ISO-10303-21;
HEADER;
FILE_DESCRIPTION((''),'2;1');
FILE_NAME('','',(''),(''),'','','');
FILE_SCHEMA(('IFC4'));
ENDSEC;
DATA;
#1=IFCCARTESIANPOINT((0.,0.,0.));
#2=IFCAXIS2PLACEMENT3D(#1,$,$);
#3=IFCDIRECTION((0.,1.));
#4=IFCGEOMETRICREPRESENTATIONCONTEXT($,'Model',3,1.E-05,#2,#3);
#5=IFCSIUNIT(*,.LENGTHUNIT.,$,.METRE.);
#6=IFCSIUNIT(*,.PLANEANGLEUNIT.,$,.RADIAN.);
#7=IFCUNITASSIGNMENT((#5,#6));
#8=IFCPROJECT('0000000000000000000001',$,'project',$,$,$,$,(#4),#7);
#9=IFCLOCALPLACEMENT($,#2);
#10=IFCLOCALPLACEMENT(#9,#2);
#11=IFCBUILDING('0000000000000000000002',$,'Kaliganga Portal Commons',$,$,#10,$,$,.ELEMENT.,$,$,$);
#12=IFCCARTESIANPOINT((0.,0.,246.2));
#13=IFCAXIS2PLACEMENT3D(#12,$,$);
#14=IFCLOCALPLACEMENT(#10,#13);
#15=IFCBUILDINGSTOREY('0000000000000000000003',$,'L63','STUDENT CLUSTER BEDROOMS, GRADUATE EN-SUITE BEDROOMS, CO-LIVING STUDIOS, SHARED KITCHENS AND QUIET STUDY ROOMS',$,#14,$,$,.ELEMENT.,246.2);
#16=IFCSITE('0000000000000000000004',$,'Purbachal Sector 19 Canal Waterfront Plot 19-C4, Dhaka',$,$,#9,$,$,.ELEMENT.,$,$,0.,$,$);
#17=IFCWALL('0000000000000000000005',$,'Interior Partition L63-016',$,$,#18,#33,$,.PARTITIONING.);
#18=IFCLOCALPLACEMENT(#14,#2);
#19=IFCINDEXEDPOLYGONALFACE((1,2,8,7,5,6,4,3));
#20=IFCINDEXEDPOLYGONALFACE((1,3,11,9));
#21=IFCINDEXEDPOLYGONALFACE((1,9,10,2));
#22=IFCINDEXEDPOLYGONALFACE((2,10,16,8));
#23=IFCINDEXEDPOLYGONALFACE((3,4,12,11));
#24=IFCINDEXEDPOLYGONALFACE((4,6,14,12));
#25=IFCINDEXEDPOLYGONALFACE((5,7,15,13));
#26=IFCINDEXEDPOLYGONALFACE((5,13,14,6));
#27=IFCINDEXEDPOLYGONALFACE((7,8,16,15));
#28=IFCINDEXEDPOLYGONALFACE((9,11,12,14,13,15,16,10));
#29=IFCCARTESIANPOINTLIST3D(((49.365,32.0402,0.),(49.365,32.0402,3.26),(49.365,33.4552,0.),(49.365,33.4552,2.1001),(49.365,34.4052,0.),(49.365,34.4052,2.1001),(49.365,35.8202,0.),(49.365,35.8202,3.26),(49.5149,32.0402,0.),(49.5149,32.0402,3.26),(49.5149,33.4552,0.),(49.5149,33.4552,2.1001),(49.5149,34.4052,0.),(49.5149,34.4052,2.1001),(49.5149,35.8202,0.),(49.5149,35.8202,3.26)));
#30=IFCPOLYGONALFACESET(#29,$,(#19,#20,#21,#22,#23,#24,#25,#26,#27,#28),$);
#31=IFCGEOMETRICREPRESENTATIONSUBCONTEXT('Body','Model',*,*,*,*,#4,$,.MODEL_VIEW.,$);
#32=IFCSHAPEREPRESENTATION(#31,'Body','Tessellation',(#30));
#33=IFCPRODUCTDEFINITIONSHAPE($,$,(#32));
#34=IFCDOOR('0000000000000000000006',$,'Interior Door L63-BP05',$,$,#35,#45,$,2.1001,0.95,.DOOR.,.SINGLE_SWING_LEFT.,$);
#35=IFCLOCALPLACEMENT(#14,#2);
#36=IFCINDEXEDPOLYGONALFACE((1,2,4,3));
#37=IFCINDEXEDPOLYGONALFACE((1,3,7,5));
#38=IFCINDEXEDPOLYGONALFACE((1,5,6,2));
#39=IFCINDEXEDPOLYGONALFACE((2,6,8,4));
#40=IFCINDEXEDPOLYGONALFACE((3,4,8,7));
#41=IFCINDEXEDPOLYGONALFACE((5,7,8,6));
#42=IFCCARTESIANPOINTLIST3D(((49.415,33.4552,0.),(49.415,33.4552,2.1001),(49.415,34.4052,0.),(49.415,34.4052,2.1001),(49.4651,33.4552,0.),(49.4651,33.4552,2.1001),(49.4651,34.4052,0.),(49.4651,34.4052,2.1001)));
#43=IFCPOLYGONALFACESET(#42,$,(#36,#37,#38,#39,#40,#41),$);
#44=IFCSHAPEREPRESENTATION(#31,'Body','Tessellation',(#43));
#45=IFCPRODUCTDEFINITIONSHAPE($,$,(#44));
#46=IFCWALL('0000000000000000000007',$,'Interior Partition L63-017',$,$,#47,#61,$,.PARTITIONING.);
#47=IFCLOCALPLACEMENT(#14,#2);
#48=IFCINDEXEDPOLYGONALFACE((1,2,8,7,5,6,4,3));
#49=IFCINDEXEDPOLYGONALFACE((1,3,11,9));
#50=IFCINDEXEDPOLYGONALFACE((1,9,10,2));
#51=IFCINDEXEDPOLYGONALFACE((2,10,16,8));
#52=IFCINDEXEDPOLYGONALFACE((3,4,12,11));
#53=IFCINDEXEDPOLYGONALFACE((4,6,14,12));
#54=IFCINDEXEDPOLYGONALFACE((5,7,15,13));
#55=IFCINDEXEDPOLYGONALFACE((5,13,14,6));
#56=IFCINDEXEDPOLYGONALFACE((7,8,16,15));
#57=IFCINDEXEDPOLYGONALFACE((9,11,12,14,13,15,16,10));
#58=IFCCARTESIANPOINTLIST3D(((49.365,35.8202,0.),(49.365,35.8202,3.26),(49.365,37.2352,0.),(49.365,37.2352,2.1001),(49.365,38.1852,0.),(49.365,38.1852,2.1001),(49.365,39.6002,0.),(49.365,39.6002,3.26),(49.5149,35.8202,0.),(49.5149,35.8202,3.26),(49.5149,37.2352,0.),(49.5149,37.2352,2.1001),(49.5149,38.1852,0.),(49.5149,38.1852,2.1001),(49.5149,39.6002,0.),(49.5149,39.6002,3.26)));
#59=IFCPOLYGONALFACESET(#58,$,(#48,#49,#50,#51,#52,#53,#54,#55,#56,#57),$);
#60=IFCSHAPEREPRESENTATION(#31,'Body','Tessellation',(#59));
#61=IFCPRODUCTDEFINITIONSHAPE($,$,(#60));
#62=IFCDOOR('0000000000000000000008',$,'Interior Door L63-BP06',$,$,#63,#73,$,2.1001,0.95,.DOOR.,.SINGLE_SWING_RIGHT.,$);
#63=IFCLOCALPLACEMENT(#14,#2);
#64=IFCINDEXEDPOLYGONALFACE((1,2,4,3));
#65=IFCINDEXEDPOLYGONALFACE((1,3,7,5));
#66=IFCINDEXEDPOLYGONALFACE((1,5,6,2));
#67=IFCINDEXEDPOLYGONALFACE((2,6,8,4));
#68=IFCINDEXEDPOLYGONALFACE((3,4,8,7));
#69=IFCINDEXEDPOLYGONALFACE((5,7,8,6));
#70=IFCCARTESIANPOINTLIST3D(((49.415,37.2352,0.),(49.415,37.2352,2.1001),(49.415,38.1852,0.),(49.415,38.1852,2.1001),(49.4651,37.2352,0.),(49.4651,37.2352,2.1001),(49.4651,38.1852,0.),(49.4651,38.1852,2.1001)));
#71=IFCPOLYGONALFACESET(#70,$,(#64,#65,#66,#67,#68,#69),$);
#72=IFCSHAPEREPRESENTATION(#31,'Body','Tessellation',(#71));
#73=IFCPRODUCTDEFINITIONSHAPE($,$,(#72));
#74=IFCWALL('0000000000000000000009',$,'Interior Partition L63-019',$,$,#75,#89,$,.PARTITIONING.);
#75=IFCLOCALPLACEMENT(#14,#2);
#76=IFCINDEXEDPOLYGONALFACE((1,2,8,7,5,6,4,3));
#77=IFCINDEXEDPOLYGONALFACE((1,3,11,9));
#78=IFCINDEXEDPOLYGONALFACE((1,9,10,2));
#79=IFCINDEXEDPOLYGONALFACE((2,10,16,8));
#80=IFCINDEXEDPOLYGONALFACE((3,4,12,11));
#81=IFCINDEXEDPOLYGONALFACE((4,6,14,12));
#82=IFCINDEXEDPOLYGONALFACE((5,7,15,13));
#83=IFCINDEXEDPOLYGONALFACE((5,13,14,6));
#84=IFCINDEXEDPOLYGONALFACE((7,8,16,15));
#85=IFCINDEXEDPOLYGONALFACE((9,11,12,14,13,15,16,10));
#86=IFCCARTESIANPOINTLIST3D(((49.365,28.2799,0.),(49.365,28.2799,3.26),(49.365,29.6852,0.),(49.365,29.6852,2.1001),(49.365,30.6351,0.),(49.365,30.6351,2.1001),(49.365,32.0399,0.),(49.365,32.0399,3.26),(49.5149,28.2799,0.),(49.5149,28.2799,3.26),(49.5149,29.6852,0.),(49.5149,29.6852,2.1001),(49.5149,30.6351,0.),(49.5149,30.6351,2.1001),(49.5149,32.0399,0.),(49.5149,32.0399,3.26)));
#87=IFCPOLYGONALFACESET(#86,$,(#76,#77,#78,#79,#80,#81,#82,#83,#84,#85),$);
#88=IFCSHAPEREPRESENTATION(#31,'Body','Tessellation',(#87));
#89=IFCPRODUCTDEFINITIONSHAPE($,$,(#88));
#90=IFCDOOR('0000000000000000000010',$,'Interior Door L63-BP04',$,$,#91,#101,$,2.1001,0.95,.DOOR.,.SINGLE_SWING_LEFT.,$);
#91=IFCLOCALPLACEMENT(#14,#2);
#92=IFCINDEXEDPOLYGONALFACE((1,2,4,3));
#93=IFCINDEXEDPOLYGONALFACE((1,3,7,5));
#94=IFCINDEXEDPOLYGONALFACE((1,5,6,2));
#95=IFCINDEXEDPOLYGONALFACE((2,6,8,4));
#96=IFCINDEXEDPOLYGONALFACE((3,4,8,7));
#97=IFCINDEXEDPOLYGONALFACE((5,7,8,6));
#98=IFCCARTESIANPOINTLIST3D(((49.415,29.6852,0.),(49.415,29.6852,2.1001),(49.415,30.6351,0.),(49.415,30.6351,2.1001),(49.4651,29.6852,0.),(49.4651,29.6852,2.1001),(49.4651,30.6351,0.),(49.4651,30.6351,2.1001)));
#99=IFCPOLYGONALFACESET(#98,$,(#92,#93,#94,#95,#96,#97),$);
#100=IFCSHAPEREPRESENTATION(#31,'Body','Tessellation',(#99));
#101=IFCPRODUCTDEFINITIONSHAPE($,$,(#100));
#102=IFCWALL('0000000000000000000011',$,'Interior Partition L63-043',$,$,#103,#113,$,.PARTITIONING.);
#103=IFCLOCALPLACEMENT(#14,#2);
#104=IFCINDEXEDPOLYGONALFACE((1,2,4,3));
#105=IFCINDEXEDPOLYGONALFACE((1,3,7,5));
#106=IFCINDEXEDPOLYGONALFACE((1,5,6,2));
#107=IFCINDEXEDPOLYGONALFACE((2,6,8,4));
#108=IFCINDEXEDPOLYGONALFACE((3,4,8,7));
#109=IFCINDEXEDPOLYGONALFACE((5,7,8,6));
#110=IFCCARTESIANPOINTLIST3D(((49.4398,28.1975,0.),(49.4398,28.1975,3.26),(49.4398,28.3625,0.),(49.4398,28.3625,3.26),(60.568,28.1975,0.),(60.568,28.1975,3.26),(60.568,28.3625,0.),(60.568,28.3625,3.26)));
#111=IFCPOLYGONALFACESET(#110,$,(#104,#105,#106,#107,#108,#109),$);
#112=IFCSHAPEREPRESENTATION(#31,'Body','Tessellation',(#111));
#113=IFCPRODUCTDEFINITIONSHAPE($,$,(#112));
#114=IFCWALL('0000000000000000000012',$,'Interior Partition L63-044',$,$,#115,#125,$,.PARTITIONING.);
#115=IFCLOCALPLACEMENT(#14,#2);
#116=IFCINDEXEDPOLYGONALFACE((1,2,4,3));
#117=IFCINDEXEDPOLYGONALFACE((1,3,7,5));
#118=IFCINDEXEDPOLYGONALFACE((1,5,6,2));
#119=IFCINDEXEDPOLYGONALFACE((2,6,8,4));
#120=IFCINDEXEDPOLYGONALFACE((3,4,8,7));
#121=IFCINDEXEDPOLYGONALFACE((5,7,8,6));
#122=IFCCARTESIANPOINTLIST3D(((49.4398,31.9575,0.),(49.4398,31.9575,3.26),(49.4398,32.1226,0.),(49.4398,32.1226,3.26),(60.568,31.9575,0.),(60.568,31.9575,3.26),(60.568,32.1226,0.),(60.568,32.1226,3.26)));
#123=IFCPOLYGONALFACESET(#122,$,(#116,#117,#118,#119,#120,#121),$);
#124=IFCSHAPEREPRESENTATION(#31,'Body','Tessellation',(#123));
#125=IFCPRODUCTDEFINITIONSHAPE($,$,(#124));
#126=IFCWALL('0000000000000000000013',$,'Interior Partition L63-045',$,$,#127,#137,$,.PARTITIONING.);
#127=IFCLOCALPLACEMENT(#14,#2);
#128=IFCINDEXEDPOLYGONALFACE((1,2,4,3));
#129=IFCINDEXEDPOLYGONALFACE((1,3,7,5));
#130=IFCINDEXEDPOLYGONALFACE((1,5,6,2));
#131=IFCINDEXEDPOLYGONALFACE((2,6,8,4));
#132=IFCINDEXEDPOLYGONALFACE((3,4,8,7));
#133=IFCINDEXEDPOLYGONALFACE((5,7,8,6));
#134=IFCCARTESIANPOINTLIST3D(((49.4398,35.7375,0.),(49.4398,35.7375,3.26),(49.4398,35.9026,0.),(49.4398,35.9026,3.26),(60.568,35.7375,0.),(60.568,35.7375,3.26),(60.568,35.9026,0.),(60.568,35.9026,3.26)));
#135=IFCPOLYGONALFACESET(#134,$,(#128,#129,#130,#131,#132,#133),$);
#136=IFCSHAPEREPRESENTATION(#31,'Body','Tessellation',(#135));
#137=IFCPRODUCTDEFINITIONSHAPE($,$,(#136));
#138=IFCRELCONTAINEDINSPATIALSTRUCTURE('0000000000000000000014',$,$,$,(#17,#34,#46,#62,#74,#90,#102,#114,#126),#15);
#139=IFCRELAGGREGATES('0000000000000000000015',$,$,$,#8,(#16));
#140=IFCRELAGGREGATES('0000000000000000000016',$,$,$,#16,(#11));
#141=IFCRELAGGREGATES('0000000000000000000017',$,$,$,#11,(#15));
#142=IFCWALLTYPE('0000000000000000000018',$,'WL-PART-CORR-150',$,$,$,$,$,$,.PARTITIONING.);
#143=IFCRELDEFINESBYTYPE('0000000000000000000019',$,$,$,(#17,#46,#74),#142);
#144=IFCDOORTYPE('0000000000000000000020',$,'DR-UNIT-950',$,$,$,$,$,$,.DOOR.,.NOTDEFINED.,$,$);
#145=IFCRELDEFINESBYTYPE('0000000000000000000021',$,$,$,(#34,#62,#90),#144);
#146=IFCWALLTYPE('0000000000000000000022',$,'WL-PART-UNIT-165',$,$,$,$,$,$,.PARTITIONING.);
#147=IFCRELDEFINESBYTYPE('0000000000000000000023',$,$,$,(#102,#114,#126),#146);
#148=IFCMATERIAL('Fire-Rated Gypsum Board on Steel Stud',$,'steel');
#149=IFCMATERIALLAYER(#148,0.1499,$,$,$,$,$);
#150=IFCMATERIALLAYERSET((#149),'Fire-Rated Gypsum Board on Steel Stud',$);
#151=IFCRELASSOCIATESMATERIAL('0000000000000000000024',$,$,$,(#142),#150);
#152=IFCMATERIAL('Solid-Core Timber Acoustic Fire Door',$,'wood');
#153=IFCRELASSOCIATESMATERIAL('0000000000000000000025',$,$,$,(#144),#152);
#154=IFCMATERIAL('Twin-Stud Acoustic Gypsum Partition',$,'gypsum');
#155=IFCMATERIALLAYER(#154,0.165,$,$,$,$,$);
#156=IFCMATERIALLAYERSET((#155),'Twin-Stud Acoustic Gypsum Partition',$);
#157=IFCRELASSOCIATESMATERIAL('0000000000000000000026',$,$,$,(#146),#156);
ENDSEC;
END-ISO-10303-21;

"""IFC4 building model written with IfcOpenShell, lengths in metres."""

from ifc_helpers import new_model, si_unit, direction, frame, frame_2d, origin, place, context, subcontext, project, spatial, rectangle, extrude, material, layer, layer_set, type_object, element, fill, save


model = new_model("IFC4")

# Units and contexts
model_context = context("Model", 3, precision=1e-05, world=origin(), true_north=direction((0.0, 1.0)))
body_context = subcontext(model_context, "Body", "Model", "MODEL_VIEW")
ifc_project = project(units=[si_unit("LENGTHUNIT", "METRE"), si_unit("PLANEANGLEUNIT", "RADIAN")], contexts=[model_context])

# Site, building, storey
site_placement = place(None, origin())
site = spatial("IfcSite", under=ifc_project, at=site_placement, Name="Purbachal Sector 19 Canal Waterfront Plot 19-C4, Dhaka", CompositionType="ELEMENT", RefElevation=0.0)
building_placement = place(site_placement, origin())
building = spatial("IfcBuilding", under=site, at=building_placement, Name="Kaliganga Portal Commons", CompositionType="ELEMENT")
storey_placement = place(building_placement, frame((0.0, 0.0, 246.2)))
storey = spatial("IfcBuildingStorey", under=building, at=storey_placement, Name="L63", Description="STUDENT CLUSTER BEDROOMS, GRADUATE EN-SUITE BEDROOMS, CO-LIVING STUDIOS, SHARED KITCHENS AND QUIET STUDY ROOMS", CompositionType="ELEMENT", Elevation=246.2)

# Walls, openings, doors
ifc_material_1 = material(Name="Fire-Rated Gypsum Board on Steel Stud", Category="steel")
ifc_layer_1 = layer(ifc_material_1, 0.1499)
ifc_layer_set_1 = layer_set([ifc_layer_1], Name="Fire-Rated Gypsum Board on Steel Stud")
wall_type_1 = type_object("IfcWallType", Name="WL-PART-CORR-150", PredefinedType="PARTITIONING", material=ifc_layer_set_1)
wall_1_placement = place(storey_placement, frame((49.4399, 32.04, 0.0), z_axis=(0.0, 0.0, 1.0), x_axis=(0.0, 1.0, 0.0)))
wall_1 = element("IfcWall", 1, at=wall_1_placement, inside=storey, type_object=wall_type_1, Name="Interior Partition L63-016", PredefinedType="PARTITIONING", context=body_context, shape_type="SweptSolid", body=[
    extrude(rectangle(XDim=3.78, YDim=0.1499, at=frame_2d((1.8901, 0.0))), origin(), (0.0, 0.0, 1.0), 3.26),
])
opening_1_placement = place(wall_1_placement, frame((1.415, 0.0, 0.0)))
opening_1 = element("IfcOpeningElement", 2, at=opening_1_placement, cuts=wall_1, PredefinedType="OPENING", context=body_context, shape_type="SweptSolid", body=[
    extrude(rectangle(XDim=0.95, YDim=2.1001, at=frame_2d((0.4751, 1.05))), frame((0.0, 0.085, 0.0), z_axis=(0.0, -1.0, 0.0), x_axis=(1.0, 0.0, 0.0)), (0.0, 0.0, 1.0), 0.1699),
])
ifc_material_2 = material(Name="Solid-Core Timber Acoustic Fire Door", Category="wood")
door_type = type_object("IfcDoorType", Name="DR-UNIT-950", OperationType="NOTDEFINED", PredefinedType="DOOR", material=ifc_material_2)
door_1_placement = place(opening_1_placement, origin())
door_1 = element("IfcDoor", 3, at=door_1_placement, inside=storey, type_object=door_type, Name="Interior Door L63-BP05", OperationType="SINGLE_SWING_LEFT", OverallHeight=2.1001, OverallWidth=0.95, PredefinedType="DOOR", context=body_context, shape_type="SweptSolid", body=[
    extrude(rectangle(XDim=0.95, YDim=2.1001, at=frame_2d((0.4751, 1.05))), frame((0.0, 0.0249, 0.0), z_axis=(0.0, -1.0, 0.0), x_axis=(1.0, 0.0, 0.0)), (0.0, 0.0, 1.0), 0.05),
])
fill(opening_1, door_1)
wall_2_placement = place(storey_placement, frame((49.4399, 35.8201, 0.0), z_axis=(0.0, 0.0, 1.0), x_axis=(0.0, 1.0, 0.0)))
wall_2 = element("IfcWall", 4, at=wall_2_placement, inside=storey, type_object=wall_type_1, Name="Interior Partition L63-017", PredefinedType="PARTITIONING", context=body_context, shape_type="SweptSolid", body=[
    extrude(rectangle(XDim=3.78, YDim=0.1499, at=frame_2d((1.8901, 0.0))), origin(), (0.0, 0.0, 1.0), 3.26),
])
opening_2_placement = place(wall_2_placement, frame((1.415, 0.0, 0.0)))
opening_2 = element("IfcOpeningElement", 5, at=opening_2_placement, cuts=wall_2, PredefinedType="OPENING", context=body_context, shape_type="SweptSolid", body=[
    extrude(rectangle(XDim=0.95, YDim=2.1001, at=frame_2d((0.4751, 1.05))), frame((0.0, 0.085, 0.0), z_axis=(0.0, -1.0, 0.0), x_axis=(1.0, 0.0, 0.0)), (0.0, 0.0, 1.0), 0.1699),
])
door_2_placement = place(opening_2_placement, origin())
door_2 = element("IfcDoor", 6, at=door_2_placement, inside=storey, type_object=door_type, Name="Interior Door L63-BP06", OperationType="SINGLE_SWING_RIGHT", OverallHeight=2.1001, OverallWidth=0.95, PredefinedType="DOOR", context=body_context, shape_type="SweptSolid", body=[
    extrude(rectangle(XDim=0.95, YDim=2.1001, at=frame_2d((0.4751, 1.05))), frame((0.0, 0.0249, 0.0), z_axis=(0.0, -1.0, 0.0), x_axis=(1.0, 0.0, 0.0)), (0.0, 0.0, 1.0), 0.05),
])
fill(opening_2, door_2)
wall_3_placement = place(storey_placement, frame((49.4399, 28.28, 0.0), z_axis=(0.0, 0.0, 1.0), x_axis=(0.0, 1.0, 0.0)))
wall_3 = element("IfcWall", 7, at=wall_3_placement, inside=storey, type_object=wall_type_1, Name="Interior Partition L63-019", PredefinedType="PARTITIONING", context=body_context, shape_type="SweptSolid", body=[
    extrude(rectangle(XDim=3.76, YDim=0.1499, at=frame_2d((1.8799, 0.0))), origin(), (0.0, 0.0, 1.0), 3.26),
])
opening_3_placement = place(wall_3_placement, frame((1.405, 0.0, 0.0)))
opening_3 = element("IfcOpeningElement", 8, at=opening_3_placement, cuts=wall_3, PredefinedType="OPENING", context=body_context, shape_type="SweptSolid", body=[
    extrude(rectangle(XDim=0.95, YDim=2.1001, at=frame_2d((0.4751, 1.05))), frame((0.0, 0.085, 0.0), z_axis=(0.0, -1.0, 0.0), x_axis=(1.0, 0.0, 0.0)), (0.0, 0.0, 1.0), 0.1699),
])
door_3_placement = place(opening_3_placement, origin())
door_3 = element("IfcDoor", 9, at=door_3_placement, inside=storey, type_object=door_type, Name="Interior Door L63-BP04", OperationType="SINGLE_SWING_LEFT", OverallHeight=2.1001, OverallWidth=0.95, PredefinedType="DOOR", context=body_context, shape_type="SweptSolid", body=[
    extrude(rectangle(XDim=0.95, YDim=2.1001, at=frame_2d((0.4751, 1.05))), frame((0.0, 0.0249, 0.0), z_axis=(0.0, -1.0, 0.0), x_axis=(1.0, 0.0, 0.0)), (0.0, 0.0, 1.0), 0.05),
])
fill(opening_3, door_3)

# Walls
ifc_material_3 = material(Name="Twin-Stud Acoustic Gypsum Partition", Category="gypsum")
ifc_layer_2 = layer(ifc_material_3, 0.165)
ifc_layer_set_2 = layer_set([ifc_layer_2], Name="Twin-Stud Acoustic Gypsum Partition")
wall_type_2 = type_object("IfcWallType", Name="WL-PART-UNIT-165", PredefinedType="PARTITIONING", material=ifc_layer_set_2)
for number, where, z_axis, x_axis, name in (
    (10, (49.4399, 28.28, 0.0), (0.0, 0.0, 1.0), (1.0, 0.0, 0.0), "Interior Partition L63-043"),
    (11, (49.4399, 32.04, 0.0), (0.0, 0.0, 1.0), (1.0, 0.0, 0.0), "Interior Partition L63-044"),
    (12, (49.4399, 35.8201, 0.0), (0.0, 0.0, 1.0), (1.0, 0.0, 0.0), "Interior Partition L63-045"),
):
    element("IfcWall", number, at=place(storey_placement, frame(where, z_axis=z_axis, x_axis=x_axis)), inside=storey, type_object=wall_type_2, Name=name, PredefinedType="PARTITIONING", context=body_context, shape_type="SweptSolid", body=[
        extrude(rectangle(XDim=11.1282, YDim=0.165, at=frame_2d((5.564, 0.0))), origin(), (0.0, 0.0, 1.0), 3.26),
    ])

save(model, "model.ifc")
